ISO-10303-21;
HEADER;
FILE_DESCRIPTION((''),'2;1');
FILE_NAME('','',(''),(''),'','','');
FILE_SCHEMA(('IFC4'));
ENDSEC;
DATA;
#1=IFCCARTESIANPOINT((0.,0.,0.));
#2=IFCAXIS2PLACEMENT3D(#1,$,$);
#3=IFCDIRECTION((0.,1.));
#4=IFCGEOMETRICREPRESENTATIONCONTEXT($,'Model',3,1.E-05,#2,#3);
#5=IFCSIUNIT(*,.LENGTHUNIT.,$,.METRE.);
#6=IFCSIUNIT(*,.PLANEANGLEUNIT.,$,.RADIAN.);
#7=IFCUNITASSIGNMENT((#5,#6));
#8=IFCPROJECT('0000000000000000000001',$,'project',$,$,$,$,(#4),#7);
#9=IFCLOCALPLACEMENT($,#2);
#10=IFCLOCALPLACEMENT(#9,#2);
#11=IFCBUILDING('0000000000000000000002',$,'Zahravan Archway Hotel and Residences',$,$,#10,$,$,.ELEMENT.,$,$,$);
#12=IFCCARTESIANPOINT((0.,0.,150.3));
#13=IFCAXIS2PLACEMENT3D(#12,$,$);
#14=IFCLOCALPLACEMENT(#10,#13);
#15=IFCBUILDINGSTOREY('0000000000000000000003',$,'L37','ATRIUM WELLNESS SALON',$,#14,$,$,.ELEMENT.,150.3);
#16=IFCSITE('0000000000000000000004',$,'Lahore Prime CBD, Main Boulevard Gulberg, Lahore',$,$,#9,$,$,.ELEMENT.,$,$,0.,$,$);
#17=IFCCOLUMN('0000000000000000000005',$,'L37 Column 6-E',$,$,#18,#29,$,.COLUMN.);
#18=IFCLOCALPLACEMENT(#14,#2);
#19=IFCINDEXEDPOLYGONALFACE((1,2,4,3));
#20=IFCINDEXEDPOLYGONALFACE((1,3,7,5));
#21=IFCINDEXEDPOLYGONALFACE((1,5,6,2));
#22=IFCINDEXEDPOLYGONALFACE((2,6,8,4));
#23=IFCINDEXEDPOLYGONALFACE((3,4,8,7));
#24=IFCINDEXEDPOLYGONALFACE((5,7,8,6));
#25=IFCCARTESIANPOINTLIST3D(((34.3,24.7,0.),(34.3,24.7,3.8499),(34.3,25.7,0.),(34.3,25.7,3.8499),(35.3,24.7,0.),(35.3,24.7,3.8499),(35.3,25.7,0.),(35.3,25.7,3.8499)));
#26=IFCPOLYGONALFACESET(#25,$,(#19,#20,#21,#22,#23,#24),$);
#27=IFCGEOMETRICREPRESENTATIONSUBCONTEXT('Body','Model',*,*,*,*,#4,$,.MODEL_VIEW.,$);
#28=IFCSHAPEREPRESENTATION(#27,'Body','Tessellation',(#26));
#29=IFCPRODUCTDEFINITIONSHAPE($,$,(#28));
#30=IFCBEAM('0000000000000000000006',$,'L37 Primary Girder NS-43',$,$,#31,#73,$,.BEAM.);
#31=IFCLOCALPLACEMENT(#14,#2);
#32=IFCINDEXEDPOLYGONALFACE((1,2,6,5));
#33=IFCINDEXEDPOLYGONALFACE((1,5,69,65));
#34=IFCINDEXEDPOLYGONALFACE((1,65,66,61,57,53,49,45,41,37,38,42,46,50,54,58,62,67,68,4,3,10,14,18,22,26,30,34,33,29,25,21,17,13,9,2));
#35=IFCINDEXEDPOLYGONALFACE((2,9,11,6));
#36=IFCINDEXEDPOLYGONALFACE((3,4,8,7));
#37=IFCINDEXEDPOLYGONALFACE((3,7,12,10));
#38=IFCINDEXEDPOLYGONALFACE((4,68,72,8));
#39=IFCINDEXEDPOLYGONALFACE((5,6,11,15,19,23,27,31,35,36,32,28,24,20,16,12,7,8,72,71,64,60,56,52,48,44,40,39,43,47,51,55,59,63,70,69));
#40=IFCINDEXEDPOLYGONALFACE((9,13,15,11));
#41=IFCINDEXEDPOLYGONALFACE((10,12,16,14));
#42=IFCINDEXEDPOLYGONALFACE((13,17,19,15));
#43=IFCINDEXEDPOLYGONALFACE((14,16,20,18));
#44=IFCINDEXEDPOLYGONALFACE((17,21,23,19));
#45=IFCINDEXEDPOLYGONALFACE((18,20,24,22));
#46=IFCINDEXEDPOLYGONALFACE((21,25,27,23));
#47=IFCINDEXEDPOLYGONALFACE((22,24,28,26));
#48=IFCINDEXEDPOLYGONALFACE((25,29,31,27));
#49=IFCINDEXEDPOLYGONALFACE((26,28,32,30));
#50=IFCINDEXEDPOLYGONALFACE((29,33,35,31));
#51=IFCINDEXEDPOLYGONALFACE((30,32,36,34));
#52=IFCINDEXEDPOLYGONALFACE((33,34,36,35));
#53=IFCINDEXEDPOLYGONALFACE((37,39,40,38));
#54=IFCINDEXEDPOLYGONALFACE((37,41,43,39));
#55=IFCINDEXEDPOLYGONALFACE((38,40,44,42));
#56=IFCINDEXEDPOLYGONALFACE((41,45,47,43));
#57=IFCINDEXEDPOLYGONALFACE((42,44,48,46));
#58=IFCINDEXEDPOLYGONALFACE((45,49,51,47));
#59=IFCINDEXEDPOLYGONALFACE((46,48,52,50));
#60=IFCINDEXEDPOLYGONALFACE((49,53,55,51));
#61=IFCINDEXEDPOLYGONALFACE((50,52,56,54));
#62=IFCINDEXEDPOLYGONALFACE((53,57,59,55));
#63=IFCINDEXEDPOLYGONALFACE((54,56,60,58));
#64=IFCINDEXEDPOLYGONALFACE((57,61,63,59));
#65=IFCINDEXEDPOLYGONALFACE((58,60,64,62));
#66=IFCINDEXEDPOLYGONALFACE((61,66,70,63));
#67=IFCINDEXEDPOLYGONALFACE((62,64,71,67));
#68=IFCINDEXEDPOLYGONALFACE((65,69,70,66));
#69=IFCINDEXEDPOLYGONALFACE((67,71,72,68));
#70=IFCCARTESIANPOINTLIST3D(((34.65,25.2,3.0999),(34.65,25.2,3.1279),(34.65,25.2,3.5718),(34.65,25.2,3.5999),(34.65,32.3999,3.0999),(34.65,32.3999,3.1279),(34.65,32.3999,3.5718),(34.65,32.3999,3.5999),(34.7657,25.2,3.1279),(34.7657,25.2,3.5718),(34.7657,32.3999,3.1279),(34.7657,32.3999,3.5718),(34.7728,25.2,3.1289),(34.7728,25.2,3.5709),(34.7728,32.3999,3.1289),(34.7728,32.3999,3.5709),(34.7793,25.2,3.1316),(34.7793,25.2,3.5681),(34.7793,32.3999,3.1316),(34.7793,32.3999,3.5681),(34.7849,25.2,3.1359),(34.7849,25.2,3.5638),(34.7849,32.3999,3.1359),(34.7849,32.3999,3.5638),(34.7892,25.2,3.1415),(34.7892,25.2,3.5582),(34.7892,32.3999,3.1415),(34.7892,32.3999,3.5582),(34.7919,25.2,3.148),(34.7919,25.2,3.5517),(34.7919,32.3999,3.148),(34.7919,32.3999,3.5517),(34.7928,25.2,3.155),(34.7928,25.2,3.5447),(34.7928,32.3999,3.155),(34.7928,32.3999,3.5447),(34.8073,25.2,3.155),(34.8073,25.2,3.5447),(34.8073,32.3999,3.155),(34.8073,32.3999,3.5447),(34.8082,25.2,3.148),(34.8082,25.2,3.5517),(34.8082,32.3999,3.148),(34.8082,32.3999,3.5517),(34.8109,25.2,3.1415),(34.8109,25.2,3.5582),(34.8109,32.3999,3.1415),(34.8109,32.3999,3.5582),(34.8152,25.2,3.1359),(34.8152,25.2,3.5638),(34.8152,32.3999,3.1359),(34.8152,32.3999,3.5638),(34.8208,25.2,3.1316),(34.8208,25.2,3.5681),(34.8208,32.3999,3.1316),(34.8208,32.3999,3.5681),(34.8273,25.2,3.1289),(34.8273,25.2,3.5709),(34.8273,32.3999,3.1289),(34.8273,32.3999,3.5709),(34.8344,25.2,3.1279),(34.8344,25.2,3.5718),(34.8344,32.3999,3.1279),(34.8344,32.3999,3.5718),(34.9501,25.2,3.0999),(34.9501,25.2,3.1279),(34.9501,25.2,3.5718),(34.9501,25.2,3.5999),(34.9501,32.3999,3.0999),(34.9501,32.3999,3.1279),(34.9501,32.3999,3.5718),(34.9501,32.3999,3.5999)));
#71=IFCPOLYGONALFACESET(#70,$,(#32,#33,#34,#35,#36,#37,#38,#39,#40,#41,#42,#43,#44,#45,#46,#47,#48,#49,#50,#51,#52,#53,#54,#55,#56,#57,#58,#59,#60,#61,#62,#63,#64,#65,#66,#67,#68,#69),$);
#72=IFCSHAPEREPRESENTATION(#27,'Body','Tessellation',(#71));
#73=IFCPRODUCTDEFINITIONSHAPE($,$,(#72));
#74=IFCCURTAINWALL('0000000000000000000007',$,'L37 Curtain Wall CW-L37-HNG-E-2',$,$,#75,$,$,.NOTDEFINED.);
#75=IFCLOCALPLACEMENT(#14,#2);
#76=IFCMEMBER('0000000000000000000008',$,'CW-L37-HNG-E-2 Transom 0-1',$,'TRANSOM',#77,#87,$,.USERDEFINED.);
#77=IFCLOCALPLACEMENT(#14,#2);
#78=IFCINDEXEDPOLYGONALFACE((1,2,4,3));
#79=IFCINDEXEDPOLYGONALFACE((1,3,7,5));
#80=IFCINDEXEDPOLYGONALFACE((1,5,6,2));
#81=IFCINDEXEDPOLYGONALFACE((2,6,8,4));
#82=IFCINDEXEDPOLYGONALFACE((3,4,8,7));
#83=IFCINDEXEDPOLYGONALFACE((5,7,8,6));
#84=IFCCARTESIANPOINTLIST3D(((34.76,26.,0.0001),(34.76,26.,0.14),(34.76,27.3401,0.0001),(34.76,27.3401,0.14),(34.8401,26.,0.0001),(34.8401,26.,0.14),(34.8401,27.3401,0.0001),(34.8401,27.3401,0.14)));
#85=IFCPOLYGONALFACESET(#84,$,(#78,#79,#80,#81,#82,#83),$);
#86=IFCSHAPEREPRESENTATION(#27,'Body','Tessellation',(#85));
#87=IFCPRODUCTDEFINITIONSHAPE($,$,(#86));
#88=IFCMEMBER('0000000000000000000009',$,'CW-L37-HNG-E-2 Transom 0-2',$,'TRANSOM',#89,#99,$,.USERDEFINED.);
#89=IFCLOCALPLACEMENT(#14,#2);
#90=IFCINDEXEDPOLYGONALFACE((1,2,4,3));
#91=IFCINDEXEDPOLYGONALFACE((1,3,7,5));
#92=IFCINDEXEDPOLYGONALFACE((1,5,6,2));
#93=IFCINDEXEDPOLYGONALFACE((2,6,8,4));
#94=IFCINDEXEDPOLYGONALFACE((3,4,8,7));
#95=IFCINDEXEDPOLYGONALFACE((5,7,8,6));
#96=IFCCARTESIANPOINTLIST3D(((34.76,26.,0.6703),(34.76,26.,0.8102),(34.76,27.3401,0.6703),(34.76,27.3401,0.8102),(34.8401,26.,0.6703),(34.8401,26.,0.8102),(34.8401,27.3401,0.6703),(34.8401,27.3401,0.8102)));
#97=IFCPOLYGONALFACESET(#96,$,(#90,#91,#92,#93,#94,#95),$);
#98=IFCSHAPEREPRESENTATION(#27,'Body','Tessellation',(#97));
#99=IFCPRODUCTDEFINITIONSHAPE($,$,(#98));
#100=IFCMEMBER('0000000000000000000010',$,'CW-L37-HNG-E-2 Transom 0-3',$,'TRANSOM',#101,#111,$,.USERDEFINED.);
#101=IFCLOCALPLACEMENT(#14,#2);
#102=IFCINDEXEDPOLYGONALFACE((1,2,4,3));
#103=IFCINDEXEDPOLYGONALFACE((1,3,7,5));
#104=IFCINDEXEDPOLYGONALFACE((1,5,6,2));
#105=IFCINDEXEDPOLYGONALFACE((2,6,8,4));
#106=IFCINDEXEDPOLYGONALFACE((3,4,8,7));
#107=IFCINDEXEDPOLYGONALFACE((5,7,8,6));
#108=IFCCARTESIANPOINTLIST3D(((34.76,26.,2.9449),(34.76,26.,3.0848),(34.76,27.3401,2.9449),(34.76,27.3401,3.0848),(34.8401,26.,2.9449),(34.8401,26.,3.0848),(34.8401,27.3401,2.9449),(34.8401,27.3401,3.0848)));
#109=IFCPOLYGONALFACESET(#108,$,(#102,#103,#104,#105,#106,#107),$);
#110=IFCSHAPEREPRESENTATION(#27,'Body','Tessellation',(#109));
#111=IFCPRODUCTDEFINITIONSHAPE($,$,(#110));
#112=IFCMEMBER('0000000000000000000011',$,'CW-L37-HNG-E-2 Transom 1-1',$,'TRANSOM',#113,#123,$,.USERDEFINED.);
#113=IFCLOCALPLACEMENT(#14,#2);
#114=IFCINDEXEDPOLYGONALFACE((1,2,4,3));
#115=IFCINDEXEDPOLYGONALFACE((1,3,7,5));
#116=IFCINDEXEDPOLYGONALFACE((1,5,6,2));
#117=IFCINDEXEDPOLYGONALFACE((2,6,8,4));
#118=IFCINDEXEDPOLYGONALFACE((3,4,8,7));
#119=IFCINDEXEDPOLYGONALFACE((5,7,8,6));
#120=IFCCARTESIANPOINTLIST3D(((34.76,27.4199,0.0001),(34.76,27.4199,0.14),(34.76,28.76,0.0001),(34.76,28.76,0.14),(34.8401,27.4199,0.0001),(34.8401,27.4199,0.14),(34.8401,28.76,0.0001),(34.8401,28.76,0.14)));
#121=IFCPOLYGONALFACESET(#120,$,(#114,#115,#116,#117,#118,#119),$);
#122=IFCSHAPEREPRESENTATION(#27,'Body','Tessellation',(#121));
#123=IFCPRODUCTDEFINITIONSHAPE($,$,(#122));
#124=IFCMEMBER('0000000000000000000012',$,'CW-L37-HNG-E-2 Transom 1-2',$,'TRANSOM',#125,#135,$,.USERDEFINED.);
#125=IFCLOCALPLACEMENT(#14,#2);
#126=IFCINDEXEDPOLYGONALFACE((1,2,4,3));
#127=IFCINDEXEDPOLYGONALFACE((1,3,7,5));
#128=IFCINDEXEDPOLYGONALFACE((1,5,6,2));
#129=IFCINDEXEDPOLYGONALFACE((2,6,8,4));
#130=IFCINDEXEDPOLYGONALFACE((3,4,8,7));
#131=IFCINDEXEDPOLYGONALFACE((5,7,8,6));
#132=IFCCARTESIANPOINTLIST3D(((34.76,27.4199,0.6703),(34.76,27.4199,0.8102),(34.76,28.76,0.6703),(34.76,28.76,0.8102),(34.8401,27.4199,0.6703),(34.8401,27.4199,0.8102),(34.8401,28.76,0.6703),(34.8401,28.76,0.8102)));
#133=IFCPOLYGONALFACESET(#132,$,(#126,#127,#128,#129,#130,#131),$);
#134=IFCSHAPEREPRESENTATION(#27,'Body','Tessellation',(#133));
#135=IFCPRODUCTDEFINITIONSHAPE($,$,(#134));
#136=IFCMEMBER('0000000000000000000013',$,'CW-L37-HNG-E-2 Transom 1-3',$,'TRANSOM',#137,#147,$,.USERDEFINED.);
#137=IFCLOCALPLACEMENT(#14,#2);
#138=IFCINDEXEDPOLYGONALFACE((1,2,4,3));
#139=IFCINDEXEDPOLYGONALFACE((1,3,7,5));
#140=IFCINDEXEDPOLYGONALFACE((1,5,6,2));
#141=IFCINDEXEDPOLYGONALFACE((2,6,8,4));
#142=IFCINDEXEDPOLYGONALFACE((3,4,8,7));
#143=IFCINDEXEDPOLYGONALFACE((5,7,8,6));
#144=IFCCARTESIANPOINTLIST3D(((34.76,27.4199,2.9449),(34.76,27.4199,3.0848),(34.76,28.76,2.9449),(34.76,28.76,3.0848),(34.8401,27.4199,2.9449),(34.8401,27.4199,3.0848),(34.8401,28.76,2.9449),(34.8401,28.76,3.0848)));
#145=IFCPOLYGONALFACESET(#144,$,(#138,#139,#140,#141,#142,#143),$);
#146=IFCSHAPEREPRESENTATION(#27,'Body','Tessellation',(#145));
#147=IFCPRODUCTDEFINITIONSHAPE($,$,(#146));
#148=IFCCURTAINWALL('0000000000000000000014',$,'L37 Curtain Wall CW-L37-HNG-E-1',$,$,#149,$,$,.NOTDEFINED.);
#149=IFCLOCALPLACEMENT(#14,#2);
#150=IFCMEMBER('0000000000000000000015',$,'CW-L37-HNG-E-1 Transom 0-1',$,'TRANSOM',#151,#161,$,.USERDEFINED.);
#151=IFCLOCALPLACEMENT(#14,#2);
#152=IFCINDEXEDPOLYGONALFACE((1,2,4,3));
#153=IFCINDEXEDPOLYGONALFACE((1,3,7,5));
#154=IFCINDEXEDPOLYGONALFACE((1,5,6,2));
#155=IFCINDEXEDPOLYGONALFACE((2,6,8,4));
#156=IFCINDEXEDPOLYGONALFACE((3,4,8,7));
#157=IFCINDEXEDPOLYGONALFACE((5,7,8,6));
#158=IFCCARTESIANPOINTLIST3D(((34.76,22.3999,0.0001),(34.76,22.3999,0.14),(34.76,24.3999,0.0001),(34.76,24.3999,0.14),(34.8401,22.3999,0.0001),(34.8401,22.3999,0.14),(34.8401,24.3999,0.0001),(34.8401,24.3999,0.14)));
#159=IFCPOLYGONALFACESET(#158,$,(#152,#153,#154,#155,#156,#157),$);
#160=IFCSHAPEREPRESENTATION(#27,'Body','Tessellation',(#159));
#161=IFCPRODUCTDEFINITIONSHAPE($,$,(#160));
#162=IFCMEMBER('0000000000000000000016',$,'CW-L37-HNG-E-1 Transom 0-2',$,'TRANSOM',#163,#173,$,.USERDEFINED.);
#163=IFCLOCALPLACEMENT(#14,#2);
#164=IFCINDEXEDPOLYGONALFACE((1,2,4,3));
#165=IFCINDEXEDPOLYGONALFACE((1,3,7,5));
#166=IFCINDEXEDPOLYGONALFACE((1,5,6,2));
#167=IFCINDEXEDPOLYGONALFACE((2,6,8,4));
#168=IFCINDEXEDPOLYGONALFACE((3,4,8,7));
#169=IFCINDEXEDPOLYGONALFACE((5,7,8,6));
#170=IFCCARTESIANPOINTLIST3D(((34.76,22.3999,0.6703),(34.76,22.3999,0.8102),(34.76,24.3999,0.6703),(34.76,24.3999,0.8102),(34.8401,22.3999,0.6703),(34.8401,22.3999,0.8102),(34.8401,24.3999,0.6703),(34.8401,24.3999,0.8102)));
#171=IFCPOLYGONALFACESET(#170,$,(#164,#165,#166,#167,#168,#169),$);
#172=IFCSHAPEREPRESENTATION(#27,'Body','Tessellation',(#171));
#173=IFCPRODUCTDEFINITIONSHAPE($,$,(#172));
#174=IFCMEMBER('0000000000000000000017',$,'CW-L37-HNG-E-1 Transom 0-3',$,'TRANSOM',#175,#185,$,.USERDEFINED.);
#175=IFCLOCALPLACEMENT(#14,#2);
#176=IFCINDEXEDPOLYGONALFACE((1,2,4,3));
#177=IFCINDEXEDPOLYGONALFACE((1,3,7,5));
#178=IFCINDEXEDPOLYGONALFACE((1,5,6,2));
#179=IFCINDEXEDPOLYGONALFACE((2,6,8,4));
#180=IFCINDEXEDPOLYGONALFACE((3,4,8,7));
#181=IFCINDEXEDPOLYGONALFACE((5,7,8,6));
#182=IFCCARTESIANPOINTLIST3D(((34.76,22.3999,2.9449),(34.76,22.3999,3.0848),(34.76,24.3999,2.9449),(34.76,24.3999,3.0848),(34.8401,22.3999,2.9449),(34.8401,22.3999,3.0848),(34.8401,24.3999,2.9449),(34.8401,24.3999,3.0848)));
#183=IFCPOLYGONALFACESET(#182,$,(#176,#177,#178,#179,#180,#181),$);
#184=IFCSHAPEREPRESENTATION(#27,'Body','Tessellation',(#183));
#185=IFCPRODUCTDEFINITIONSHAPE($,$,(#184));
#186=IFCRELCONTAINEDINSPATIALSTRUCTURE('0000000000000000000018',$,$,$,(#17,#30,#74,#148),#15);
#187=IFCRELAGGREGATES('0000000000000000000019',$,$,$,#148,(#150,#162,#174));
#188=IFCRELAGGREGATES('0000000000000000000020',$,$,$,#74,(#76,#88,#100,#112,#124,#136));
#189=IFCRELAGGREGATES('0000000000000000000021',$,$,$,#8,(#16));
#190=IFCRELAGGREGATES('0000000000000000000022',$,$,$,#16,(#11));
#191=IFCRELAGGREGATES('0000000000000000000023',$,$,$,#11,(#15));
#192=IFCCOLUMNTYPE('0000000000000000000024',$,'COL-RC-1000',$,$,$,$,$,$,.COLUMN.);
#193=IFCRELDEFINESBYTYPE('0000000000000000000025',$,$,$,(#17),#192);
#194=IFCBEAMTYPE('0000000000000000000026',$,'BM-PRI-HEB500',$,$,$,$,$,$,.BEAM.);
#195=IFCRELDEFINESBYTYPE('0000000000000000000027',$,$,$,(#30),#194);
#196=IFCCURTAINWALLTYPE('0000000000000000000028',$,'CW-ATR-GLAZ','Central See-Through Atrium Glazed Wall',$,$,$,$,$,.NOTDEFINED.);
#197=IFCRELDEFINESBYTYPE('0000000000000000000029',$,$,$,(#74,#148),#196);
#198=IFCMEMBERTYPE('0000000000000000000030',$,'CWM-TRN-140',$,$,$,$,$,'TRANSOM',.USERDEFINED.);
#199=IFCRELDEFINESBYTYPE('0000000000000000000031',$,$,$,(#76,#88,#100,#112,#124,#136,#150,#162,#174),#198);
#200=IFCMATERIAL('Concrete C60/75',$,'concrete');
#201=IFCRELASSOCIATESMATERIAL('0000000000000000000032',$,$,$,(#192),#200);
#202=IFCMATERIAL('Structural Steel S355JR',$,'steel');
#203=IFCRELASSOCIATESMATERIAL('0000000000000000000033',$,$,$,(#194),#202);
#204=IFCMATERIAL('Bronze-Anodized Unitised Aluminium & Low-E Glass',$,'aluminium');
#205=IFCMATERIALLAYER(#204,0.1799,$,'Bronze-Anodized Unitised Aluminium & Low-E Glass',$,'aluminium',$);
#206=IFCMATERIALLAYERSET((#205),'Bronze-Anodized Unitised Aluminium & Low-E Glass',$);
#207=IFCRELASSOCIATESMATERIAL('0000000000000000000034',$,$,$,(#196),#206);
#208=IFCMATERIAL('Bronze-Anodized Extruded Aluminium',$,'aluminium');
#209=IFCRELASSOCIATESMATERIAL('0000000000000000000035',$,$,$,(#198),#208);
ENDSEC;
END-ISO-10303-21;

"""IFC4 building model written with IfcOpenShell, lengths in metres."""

from ifc_helpers import new_model, si_unit, direction, frame, origin, origin_2d, place, context, subcontext, project, spatial, rectangle, i_section, extrude, source, transform, mapped, material, layer, layer_set, material_profile, profile_set, type_object, element, aggregate, save


model = new_model("IFC4")

# Units and contexts
model_context = context("Model", 3, precision=1e-05, world=origin(), true_north=direction((0.0, 1.0)))
body_context = subcontext(model_context, "Body", "Model", "MODEL_VIEW")
ifc_project = project(units=[si_unit("LENGTHUNIT", "METRE"), si_unit("PLANEANGLEUNIT", "RADIAN")], contexts=[model_context])

# Site, building, storey
site_placement = place(None, origin())
site = spatial("IfcSite", under=ifc_project, at=site_placement, Name="Lahore Prime CBD, Main Boulevard Gulberg, Lahore", CompositionType="ELEMENT", RefElevation=0.0)
building_placement = place(site_placement, origin())
building = spatial("IfcBuilding", under=site, at=building_placement, Name="Zahravan Archway Hotel and Residences", CompositionType="ELEMENT")
storey_placement = place(building_placement, frame((0.0, 0.0, 150.3)))
storey = spatial("IfcBuildingStorey", under=building, at=storey_placement, Name="L37", Description="ATRIUM WELLNESS SALON", CompositionType="ELEMENT", Elevation=150.3)

# Column
ifc_material_1 = material(Name="Concrete C60/75", Category="concrete")
ifc_material_profile_1 = material_profile(ifc_material_1, rectangle(XDim=1.0, YDim=1.0, at=origin_2d()), Name="RC-COL-1000x1000", Category="concrete")
ifc_profile_set_1 = profile_set([ifc_material_profile_1], Name="Concrete C60/75")
column_type = type_object("IfcColumnType", Name="COL-RC-1000", PredefinedType="COLUMN", material=ifc_profile_set_1)
shared_shape_1 = source(origin(), body_context, "Body", "SweptSolid", [
    extrude(rectangle(XDim=1.0, YDim=1.0, at=origin_2d()), origin(), (0.0, 0.0, 1.0), 3.8499),
])
column_placement = place(storey_placement, frame((34.8, 25.2, 0.0), z_axis=(0.0, 0.0, 1.0), x_axis=(1.0, 0.0, 0.0)))
element("IfcColumn", 1, at=column_placement, inside=storey, type_object=column_type, Name="L37 Column 6-E", PredefinedType="COLUMN", context=body_context, shape_type="MappedRepresentation", body=[
    mapped(shared_shape_1, transform((0.0, 0.0, 0.0), scale=1.0)),
])

# Beam
ifc_material_2 = material(Name="Structural Steel S355JR", Category="steel")
ifc_material_profile_2 = material_profile(ifc_material_2, i_section(OverallWidth=0.3, OverallDepth=0.5, WebThickness=0.0144, FlangeThickness=0.0281, FilletRadius=0.0271, at=origin_2d()), Name="HEB 500", Category="steel")
ifc_profile_set_2 = profile_set([ifc_material_profile_2], Name="Structural Steel S355JR")
beam_type = type_object("IfcBeamType", Name="BM-PRI-HEB500", PredefinedType="BEAM", material=ifc_profile_set_2)
shared_shape_2 = source(origin(), body_context, "Body", "SweptSolid", [
    extrude(i_section(OverallWidth=0.3, OverallDepth=0.5, WebThickness=0.0144, FlangeThickness=0.0281, FilletRadius=0.0271, at=origin_2d()), origin(), (0.0, 0.0, 1.0), 7.2),
])
beam_placement = place(storey_placement, frame((34.8, 25.2, 3.3499), z_axis=(0.0, 1.0, 0.0), x_axis=(-1.0, 0.0, 0.0)))
element("IfcBeam", 2, at=beam_placement, inside=storey, type_object=beam_type, Name="L37 Primary Girder NS-43", PredefinedType="BEAM", context=body_context, shape_type="MappedRepresentation", body=[
    mapped(shared_shape_2, transform((0.0, 0.0, 0.0), scale=1.0)),
])

# Curtain walls, members
ifc_material_3 = material(Name="Bronze-Anodized Unitised Aluminium & Low-E Glass", Category="aluminium")
ifc_layer_1 = layer(ifc_material_3, 0.1799, Name="Bronze-Anodized Unitised Aluminium & Low-E Glass", Category="aluminium")
ifc_layer_set_1 = layer_set([ifc_layer_1], Name="Bronze-Anodized Unitised Aluminium & Low-E Glass")
curtain_wall_type = type_object("IfcCurtainWallType", Name="CW-ATR-GLAZ", Description="Central See-Through Atrium Glazed Wall", PredefinedType="NOTDEFINED", material=ifc_layer_set_1)
curtain_wall_1_placement = place(storey_placement, origin())
curtain_wall_1 = element("IfcCurtainWall", 3, at=curtain_wall_1_placement, inside=storey, type_object=curtain_wall_type, Name="L37 Curtain Wall CW-L37-HNG-E-2", PredefinedType="NOTDEFINED")
ifc_material_4 = material(Name="Bronze-Anodized Extruded Aluminium", Category="aluminium")
ifc_material_profile_3 = material_profile(ifc_material_4, rectangle(XDim=0.0801, YDim=0.1399, at=origin_2d()), Name="TRN 80x140", Category="aluminium")
ifc_profile_set_3 = profile_set([ifc_material_profile_3], Name="Bronze-Anodized Extruded Aluminium")
member_type_1 = type_object("IfcMemberType", Name="CWM-TRN-140", ElementType="TRANSOM", PredefinedType="USERDEFINED", material=ifc_profile_set_3)
shared_shape_3 = source(origin(), body_context, "Body", "SweptSolid", [
    extrude(rectangle(XDim=0.0801, YDim=0.1399, at=origin_2d()), origin(), (0.0, 0.0, 1.0), 1.3401),
])
member_1_placement = place(storey_placement, frame((34.8, 26.0, 0.0701), z_axis=(0.0, 1.0, 0.0), x_axis=(-1.0, 0.0, 0.0)))
member_1 = element("IfcMember", 4, at=member_1_placement, type_object=member_type_1, Name="CW-L37-HNG-E-2 Transom 0-1", ObjectType="TRANSOM", PredefinedType="USERDEFINED", context=body_context, shape_type="MappedRepresentation", body=[
    mapped(shared_shape_3, transform((0.0, 0.0, 0.0), scale=1.0)),
])
member_2_placement = place(storey_placement, frame((34.8, 26.0, 0.7402), z_axis=(0.0, 1.0, 0.0), x_axis=(-1.0, 0.0, 0.0)))
member_2 = element("IfcMember", 5, at=member_2_placement, type_object=member_type_1, Name="CW-L37-HNG-E-2 Transom 0-2", ObjectType="TRANSOM", PredefinedType="USERDEFINED", context=body_context, shape_type="MappedRepresentation", body=[
    mapped(shared_shape_3, transform((0.0, 0.0, 0.0), scale=1.0)),
])
member_3_placement = place(storey_placement, frame((34.8, 26.0, 3.0149), z_axis=(0.0, 1.0, 0.0), x_axis=(-1.0, 0.0, 0.0)))
member_3 = element("IfcMember", 6, at=member_3_placement, type_object=member_type_1, Name="CW-L37-HNG-E-2 Transom 0-3", ObjectType="TRANSOM", PredefinedType="USERDEFINED", context=body_context, shape_type="MappedRepresentation", body=[
    mapped(shared_shape_3, transform((0.0, 0.0, 0.0), scale=1.0)),
])
member_4_placement = place(storey_placement, frame((34.8, 27.4199, 0.0701), z_axis=(0.0, 1.0, 0.0), x_axis=(-1.0, 0.0, 0.0)))
member_4 = element("IfcMember", 7, at=member_4_placement, type_object=member_type_1, Name="CW-L37-HNG-E-2 Transom 1-1", ObjectType="TRANSOM", PredefinedType="USERDEFINED", context=body_context, shape_type="MappedRepresentation", body=[
    mapped(shared_shape_3, transform((0.0, 0.0, 0.0), scale=1.0)),
])
member_5_placement = place(storey_placement, frame((34.8, 27.4199, 0.7402), z_axis=(0.0, 1.0, 0.0), x_axis=(-1.0, 0.0, 0.0)))
member_5 = element("IfcMember", 8, at=member_5_placement, type_object=member_type_1, Name="CW-L37-HNG-E-2 Transom 1-2", ObjectType="TRANSOM", PredefinedType="USERDEFINED", context=body_context, shape_type="MappedRepresentation", body=[
    mapped(shared_shape_3, transform((0.0, 0.0, 0.0), scale=1.0)),
])
member_6_placement = place(storey_placement, frame((34.8, 27.4199, 3.0149), z_axis=(0.0, 1.0, 0.0), x_axis=(-1.0, 0.0, 0.0)))
member_6 = element("IfcMember", 9, at=member_6_placement, type_object=member_type_1, Name="CW-L37-HNG-E-2 Transom 1-3", ObjectType="TRANSOM", PredefinedType="USERDEFINED", context=body_context, shape_type="MappedRepresentation", body=[
    mapped(shared_shape_3, transform((0.0, 0.0, 0.0), scale=1.0)),
])
curtain_wall_2_placement = place(storey_placement, origin())
curtain_wall_2 = element("IfcCurtainWall", 10, at=curtain_wall_2_placement, inside=storey, type_object=curtain_wall_type, Name="L37 Curtain Wall CW-L37-HNG-E-1", PredefinedType="NOTDEFINED")
shared_shape_4 = source(origin(), body_context, "Body", "SweptSolid", [
    extrude(rectangle(XDim=0.0801, YDim=0.1399, at=origin_2d()), origin(), (0.0, 0.0, 1.0), 2.0),
])
member_7_placement = place(storey_placement, frame((34.8, 22.3999, 0.0701), z_axis=(0.0, 1.0, 0.0), x_axis=(-1.0, 0.0, 0.0)))
member_7 = element("IfcMember", 11, at=member_7_placement, type_object=member_type_1, Name="CW-L37-HNG-E-1 Transom 0-1", ObjectType="TRANSOM", PredefinedType="USERDEFINED", context=body_context, shape_type="MappedRepresentation", body=[
    mapped(shared_shape_4, transform((0.0, 0.0, 0.0), scale=1.0)),
])
member_8_placement = place(storey_placement, frame((34.8, 22.3999, 0.7402), z_axis=(0.0, 1.0, 0.0), x_axis=(-1.0, 0.0, 0.0)))
member_8 = element("IfcMember", 12, at=member_8_placement, type_object=member_type_1, Name="CW-L37-HNG-E-1 Transom 0-2", ObjectType="TRANSOM", PredefinedType="USERDEFINED", context=body_context, shape_type="MappedRepresentation", body=[
    mapped(shared_shape_4, transform((0.0, 0.0, 0.0), scale=1.0)),
])
member_9_placement = place(storey_placement, frame((34.8, 22.3999, 3.0149), z_axis=(0.0, 1.0, 0.0), x_axis=(-1.0, 0.0, 0.0)))
member_9 = element("IfcMember", 13, at=member_9_placement, type_object=member_type_1, Name="CW-L37-HNG-E-1 Transom 0-3", ObjectType="TRANSOM", PredefinedType="USERDEFINED", context=body_context, shape_type="MappedRepresentation", body=[
    mapped(shared_shape_4, transform((0.0, 0.0, 0.0), scale=1.0)),
])

aggregate(curtain_wall_2, [member_7, member_8, member_9])
aggregate(curtain_wall_1, [member_1, member_2, member_3, member_4, member_5, member_6])

save(model, "model.ifc")
